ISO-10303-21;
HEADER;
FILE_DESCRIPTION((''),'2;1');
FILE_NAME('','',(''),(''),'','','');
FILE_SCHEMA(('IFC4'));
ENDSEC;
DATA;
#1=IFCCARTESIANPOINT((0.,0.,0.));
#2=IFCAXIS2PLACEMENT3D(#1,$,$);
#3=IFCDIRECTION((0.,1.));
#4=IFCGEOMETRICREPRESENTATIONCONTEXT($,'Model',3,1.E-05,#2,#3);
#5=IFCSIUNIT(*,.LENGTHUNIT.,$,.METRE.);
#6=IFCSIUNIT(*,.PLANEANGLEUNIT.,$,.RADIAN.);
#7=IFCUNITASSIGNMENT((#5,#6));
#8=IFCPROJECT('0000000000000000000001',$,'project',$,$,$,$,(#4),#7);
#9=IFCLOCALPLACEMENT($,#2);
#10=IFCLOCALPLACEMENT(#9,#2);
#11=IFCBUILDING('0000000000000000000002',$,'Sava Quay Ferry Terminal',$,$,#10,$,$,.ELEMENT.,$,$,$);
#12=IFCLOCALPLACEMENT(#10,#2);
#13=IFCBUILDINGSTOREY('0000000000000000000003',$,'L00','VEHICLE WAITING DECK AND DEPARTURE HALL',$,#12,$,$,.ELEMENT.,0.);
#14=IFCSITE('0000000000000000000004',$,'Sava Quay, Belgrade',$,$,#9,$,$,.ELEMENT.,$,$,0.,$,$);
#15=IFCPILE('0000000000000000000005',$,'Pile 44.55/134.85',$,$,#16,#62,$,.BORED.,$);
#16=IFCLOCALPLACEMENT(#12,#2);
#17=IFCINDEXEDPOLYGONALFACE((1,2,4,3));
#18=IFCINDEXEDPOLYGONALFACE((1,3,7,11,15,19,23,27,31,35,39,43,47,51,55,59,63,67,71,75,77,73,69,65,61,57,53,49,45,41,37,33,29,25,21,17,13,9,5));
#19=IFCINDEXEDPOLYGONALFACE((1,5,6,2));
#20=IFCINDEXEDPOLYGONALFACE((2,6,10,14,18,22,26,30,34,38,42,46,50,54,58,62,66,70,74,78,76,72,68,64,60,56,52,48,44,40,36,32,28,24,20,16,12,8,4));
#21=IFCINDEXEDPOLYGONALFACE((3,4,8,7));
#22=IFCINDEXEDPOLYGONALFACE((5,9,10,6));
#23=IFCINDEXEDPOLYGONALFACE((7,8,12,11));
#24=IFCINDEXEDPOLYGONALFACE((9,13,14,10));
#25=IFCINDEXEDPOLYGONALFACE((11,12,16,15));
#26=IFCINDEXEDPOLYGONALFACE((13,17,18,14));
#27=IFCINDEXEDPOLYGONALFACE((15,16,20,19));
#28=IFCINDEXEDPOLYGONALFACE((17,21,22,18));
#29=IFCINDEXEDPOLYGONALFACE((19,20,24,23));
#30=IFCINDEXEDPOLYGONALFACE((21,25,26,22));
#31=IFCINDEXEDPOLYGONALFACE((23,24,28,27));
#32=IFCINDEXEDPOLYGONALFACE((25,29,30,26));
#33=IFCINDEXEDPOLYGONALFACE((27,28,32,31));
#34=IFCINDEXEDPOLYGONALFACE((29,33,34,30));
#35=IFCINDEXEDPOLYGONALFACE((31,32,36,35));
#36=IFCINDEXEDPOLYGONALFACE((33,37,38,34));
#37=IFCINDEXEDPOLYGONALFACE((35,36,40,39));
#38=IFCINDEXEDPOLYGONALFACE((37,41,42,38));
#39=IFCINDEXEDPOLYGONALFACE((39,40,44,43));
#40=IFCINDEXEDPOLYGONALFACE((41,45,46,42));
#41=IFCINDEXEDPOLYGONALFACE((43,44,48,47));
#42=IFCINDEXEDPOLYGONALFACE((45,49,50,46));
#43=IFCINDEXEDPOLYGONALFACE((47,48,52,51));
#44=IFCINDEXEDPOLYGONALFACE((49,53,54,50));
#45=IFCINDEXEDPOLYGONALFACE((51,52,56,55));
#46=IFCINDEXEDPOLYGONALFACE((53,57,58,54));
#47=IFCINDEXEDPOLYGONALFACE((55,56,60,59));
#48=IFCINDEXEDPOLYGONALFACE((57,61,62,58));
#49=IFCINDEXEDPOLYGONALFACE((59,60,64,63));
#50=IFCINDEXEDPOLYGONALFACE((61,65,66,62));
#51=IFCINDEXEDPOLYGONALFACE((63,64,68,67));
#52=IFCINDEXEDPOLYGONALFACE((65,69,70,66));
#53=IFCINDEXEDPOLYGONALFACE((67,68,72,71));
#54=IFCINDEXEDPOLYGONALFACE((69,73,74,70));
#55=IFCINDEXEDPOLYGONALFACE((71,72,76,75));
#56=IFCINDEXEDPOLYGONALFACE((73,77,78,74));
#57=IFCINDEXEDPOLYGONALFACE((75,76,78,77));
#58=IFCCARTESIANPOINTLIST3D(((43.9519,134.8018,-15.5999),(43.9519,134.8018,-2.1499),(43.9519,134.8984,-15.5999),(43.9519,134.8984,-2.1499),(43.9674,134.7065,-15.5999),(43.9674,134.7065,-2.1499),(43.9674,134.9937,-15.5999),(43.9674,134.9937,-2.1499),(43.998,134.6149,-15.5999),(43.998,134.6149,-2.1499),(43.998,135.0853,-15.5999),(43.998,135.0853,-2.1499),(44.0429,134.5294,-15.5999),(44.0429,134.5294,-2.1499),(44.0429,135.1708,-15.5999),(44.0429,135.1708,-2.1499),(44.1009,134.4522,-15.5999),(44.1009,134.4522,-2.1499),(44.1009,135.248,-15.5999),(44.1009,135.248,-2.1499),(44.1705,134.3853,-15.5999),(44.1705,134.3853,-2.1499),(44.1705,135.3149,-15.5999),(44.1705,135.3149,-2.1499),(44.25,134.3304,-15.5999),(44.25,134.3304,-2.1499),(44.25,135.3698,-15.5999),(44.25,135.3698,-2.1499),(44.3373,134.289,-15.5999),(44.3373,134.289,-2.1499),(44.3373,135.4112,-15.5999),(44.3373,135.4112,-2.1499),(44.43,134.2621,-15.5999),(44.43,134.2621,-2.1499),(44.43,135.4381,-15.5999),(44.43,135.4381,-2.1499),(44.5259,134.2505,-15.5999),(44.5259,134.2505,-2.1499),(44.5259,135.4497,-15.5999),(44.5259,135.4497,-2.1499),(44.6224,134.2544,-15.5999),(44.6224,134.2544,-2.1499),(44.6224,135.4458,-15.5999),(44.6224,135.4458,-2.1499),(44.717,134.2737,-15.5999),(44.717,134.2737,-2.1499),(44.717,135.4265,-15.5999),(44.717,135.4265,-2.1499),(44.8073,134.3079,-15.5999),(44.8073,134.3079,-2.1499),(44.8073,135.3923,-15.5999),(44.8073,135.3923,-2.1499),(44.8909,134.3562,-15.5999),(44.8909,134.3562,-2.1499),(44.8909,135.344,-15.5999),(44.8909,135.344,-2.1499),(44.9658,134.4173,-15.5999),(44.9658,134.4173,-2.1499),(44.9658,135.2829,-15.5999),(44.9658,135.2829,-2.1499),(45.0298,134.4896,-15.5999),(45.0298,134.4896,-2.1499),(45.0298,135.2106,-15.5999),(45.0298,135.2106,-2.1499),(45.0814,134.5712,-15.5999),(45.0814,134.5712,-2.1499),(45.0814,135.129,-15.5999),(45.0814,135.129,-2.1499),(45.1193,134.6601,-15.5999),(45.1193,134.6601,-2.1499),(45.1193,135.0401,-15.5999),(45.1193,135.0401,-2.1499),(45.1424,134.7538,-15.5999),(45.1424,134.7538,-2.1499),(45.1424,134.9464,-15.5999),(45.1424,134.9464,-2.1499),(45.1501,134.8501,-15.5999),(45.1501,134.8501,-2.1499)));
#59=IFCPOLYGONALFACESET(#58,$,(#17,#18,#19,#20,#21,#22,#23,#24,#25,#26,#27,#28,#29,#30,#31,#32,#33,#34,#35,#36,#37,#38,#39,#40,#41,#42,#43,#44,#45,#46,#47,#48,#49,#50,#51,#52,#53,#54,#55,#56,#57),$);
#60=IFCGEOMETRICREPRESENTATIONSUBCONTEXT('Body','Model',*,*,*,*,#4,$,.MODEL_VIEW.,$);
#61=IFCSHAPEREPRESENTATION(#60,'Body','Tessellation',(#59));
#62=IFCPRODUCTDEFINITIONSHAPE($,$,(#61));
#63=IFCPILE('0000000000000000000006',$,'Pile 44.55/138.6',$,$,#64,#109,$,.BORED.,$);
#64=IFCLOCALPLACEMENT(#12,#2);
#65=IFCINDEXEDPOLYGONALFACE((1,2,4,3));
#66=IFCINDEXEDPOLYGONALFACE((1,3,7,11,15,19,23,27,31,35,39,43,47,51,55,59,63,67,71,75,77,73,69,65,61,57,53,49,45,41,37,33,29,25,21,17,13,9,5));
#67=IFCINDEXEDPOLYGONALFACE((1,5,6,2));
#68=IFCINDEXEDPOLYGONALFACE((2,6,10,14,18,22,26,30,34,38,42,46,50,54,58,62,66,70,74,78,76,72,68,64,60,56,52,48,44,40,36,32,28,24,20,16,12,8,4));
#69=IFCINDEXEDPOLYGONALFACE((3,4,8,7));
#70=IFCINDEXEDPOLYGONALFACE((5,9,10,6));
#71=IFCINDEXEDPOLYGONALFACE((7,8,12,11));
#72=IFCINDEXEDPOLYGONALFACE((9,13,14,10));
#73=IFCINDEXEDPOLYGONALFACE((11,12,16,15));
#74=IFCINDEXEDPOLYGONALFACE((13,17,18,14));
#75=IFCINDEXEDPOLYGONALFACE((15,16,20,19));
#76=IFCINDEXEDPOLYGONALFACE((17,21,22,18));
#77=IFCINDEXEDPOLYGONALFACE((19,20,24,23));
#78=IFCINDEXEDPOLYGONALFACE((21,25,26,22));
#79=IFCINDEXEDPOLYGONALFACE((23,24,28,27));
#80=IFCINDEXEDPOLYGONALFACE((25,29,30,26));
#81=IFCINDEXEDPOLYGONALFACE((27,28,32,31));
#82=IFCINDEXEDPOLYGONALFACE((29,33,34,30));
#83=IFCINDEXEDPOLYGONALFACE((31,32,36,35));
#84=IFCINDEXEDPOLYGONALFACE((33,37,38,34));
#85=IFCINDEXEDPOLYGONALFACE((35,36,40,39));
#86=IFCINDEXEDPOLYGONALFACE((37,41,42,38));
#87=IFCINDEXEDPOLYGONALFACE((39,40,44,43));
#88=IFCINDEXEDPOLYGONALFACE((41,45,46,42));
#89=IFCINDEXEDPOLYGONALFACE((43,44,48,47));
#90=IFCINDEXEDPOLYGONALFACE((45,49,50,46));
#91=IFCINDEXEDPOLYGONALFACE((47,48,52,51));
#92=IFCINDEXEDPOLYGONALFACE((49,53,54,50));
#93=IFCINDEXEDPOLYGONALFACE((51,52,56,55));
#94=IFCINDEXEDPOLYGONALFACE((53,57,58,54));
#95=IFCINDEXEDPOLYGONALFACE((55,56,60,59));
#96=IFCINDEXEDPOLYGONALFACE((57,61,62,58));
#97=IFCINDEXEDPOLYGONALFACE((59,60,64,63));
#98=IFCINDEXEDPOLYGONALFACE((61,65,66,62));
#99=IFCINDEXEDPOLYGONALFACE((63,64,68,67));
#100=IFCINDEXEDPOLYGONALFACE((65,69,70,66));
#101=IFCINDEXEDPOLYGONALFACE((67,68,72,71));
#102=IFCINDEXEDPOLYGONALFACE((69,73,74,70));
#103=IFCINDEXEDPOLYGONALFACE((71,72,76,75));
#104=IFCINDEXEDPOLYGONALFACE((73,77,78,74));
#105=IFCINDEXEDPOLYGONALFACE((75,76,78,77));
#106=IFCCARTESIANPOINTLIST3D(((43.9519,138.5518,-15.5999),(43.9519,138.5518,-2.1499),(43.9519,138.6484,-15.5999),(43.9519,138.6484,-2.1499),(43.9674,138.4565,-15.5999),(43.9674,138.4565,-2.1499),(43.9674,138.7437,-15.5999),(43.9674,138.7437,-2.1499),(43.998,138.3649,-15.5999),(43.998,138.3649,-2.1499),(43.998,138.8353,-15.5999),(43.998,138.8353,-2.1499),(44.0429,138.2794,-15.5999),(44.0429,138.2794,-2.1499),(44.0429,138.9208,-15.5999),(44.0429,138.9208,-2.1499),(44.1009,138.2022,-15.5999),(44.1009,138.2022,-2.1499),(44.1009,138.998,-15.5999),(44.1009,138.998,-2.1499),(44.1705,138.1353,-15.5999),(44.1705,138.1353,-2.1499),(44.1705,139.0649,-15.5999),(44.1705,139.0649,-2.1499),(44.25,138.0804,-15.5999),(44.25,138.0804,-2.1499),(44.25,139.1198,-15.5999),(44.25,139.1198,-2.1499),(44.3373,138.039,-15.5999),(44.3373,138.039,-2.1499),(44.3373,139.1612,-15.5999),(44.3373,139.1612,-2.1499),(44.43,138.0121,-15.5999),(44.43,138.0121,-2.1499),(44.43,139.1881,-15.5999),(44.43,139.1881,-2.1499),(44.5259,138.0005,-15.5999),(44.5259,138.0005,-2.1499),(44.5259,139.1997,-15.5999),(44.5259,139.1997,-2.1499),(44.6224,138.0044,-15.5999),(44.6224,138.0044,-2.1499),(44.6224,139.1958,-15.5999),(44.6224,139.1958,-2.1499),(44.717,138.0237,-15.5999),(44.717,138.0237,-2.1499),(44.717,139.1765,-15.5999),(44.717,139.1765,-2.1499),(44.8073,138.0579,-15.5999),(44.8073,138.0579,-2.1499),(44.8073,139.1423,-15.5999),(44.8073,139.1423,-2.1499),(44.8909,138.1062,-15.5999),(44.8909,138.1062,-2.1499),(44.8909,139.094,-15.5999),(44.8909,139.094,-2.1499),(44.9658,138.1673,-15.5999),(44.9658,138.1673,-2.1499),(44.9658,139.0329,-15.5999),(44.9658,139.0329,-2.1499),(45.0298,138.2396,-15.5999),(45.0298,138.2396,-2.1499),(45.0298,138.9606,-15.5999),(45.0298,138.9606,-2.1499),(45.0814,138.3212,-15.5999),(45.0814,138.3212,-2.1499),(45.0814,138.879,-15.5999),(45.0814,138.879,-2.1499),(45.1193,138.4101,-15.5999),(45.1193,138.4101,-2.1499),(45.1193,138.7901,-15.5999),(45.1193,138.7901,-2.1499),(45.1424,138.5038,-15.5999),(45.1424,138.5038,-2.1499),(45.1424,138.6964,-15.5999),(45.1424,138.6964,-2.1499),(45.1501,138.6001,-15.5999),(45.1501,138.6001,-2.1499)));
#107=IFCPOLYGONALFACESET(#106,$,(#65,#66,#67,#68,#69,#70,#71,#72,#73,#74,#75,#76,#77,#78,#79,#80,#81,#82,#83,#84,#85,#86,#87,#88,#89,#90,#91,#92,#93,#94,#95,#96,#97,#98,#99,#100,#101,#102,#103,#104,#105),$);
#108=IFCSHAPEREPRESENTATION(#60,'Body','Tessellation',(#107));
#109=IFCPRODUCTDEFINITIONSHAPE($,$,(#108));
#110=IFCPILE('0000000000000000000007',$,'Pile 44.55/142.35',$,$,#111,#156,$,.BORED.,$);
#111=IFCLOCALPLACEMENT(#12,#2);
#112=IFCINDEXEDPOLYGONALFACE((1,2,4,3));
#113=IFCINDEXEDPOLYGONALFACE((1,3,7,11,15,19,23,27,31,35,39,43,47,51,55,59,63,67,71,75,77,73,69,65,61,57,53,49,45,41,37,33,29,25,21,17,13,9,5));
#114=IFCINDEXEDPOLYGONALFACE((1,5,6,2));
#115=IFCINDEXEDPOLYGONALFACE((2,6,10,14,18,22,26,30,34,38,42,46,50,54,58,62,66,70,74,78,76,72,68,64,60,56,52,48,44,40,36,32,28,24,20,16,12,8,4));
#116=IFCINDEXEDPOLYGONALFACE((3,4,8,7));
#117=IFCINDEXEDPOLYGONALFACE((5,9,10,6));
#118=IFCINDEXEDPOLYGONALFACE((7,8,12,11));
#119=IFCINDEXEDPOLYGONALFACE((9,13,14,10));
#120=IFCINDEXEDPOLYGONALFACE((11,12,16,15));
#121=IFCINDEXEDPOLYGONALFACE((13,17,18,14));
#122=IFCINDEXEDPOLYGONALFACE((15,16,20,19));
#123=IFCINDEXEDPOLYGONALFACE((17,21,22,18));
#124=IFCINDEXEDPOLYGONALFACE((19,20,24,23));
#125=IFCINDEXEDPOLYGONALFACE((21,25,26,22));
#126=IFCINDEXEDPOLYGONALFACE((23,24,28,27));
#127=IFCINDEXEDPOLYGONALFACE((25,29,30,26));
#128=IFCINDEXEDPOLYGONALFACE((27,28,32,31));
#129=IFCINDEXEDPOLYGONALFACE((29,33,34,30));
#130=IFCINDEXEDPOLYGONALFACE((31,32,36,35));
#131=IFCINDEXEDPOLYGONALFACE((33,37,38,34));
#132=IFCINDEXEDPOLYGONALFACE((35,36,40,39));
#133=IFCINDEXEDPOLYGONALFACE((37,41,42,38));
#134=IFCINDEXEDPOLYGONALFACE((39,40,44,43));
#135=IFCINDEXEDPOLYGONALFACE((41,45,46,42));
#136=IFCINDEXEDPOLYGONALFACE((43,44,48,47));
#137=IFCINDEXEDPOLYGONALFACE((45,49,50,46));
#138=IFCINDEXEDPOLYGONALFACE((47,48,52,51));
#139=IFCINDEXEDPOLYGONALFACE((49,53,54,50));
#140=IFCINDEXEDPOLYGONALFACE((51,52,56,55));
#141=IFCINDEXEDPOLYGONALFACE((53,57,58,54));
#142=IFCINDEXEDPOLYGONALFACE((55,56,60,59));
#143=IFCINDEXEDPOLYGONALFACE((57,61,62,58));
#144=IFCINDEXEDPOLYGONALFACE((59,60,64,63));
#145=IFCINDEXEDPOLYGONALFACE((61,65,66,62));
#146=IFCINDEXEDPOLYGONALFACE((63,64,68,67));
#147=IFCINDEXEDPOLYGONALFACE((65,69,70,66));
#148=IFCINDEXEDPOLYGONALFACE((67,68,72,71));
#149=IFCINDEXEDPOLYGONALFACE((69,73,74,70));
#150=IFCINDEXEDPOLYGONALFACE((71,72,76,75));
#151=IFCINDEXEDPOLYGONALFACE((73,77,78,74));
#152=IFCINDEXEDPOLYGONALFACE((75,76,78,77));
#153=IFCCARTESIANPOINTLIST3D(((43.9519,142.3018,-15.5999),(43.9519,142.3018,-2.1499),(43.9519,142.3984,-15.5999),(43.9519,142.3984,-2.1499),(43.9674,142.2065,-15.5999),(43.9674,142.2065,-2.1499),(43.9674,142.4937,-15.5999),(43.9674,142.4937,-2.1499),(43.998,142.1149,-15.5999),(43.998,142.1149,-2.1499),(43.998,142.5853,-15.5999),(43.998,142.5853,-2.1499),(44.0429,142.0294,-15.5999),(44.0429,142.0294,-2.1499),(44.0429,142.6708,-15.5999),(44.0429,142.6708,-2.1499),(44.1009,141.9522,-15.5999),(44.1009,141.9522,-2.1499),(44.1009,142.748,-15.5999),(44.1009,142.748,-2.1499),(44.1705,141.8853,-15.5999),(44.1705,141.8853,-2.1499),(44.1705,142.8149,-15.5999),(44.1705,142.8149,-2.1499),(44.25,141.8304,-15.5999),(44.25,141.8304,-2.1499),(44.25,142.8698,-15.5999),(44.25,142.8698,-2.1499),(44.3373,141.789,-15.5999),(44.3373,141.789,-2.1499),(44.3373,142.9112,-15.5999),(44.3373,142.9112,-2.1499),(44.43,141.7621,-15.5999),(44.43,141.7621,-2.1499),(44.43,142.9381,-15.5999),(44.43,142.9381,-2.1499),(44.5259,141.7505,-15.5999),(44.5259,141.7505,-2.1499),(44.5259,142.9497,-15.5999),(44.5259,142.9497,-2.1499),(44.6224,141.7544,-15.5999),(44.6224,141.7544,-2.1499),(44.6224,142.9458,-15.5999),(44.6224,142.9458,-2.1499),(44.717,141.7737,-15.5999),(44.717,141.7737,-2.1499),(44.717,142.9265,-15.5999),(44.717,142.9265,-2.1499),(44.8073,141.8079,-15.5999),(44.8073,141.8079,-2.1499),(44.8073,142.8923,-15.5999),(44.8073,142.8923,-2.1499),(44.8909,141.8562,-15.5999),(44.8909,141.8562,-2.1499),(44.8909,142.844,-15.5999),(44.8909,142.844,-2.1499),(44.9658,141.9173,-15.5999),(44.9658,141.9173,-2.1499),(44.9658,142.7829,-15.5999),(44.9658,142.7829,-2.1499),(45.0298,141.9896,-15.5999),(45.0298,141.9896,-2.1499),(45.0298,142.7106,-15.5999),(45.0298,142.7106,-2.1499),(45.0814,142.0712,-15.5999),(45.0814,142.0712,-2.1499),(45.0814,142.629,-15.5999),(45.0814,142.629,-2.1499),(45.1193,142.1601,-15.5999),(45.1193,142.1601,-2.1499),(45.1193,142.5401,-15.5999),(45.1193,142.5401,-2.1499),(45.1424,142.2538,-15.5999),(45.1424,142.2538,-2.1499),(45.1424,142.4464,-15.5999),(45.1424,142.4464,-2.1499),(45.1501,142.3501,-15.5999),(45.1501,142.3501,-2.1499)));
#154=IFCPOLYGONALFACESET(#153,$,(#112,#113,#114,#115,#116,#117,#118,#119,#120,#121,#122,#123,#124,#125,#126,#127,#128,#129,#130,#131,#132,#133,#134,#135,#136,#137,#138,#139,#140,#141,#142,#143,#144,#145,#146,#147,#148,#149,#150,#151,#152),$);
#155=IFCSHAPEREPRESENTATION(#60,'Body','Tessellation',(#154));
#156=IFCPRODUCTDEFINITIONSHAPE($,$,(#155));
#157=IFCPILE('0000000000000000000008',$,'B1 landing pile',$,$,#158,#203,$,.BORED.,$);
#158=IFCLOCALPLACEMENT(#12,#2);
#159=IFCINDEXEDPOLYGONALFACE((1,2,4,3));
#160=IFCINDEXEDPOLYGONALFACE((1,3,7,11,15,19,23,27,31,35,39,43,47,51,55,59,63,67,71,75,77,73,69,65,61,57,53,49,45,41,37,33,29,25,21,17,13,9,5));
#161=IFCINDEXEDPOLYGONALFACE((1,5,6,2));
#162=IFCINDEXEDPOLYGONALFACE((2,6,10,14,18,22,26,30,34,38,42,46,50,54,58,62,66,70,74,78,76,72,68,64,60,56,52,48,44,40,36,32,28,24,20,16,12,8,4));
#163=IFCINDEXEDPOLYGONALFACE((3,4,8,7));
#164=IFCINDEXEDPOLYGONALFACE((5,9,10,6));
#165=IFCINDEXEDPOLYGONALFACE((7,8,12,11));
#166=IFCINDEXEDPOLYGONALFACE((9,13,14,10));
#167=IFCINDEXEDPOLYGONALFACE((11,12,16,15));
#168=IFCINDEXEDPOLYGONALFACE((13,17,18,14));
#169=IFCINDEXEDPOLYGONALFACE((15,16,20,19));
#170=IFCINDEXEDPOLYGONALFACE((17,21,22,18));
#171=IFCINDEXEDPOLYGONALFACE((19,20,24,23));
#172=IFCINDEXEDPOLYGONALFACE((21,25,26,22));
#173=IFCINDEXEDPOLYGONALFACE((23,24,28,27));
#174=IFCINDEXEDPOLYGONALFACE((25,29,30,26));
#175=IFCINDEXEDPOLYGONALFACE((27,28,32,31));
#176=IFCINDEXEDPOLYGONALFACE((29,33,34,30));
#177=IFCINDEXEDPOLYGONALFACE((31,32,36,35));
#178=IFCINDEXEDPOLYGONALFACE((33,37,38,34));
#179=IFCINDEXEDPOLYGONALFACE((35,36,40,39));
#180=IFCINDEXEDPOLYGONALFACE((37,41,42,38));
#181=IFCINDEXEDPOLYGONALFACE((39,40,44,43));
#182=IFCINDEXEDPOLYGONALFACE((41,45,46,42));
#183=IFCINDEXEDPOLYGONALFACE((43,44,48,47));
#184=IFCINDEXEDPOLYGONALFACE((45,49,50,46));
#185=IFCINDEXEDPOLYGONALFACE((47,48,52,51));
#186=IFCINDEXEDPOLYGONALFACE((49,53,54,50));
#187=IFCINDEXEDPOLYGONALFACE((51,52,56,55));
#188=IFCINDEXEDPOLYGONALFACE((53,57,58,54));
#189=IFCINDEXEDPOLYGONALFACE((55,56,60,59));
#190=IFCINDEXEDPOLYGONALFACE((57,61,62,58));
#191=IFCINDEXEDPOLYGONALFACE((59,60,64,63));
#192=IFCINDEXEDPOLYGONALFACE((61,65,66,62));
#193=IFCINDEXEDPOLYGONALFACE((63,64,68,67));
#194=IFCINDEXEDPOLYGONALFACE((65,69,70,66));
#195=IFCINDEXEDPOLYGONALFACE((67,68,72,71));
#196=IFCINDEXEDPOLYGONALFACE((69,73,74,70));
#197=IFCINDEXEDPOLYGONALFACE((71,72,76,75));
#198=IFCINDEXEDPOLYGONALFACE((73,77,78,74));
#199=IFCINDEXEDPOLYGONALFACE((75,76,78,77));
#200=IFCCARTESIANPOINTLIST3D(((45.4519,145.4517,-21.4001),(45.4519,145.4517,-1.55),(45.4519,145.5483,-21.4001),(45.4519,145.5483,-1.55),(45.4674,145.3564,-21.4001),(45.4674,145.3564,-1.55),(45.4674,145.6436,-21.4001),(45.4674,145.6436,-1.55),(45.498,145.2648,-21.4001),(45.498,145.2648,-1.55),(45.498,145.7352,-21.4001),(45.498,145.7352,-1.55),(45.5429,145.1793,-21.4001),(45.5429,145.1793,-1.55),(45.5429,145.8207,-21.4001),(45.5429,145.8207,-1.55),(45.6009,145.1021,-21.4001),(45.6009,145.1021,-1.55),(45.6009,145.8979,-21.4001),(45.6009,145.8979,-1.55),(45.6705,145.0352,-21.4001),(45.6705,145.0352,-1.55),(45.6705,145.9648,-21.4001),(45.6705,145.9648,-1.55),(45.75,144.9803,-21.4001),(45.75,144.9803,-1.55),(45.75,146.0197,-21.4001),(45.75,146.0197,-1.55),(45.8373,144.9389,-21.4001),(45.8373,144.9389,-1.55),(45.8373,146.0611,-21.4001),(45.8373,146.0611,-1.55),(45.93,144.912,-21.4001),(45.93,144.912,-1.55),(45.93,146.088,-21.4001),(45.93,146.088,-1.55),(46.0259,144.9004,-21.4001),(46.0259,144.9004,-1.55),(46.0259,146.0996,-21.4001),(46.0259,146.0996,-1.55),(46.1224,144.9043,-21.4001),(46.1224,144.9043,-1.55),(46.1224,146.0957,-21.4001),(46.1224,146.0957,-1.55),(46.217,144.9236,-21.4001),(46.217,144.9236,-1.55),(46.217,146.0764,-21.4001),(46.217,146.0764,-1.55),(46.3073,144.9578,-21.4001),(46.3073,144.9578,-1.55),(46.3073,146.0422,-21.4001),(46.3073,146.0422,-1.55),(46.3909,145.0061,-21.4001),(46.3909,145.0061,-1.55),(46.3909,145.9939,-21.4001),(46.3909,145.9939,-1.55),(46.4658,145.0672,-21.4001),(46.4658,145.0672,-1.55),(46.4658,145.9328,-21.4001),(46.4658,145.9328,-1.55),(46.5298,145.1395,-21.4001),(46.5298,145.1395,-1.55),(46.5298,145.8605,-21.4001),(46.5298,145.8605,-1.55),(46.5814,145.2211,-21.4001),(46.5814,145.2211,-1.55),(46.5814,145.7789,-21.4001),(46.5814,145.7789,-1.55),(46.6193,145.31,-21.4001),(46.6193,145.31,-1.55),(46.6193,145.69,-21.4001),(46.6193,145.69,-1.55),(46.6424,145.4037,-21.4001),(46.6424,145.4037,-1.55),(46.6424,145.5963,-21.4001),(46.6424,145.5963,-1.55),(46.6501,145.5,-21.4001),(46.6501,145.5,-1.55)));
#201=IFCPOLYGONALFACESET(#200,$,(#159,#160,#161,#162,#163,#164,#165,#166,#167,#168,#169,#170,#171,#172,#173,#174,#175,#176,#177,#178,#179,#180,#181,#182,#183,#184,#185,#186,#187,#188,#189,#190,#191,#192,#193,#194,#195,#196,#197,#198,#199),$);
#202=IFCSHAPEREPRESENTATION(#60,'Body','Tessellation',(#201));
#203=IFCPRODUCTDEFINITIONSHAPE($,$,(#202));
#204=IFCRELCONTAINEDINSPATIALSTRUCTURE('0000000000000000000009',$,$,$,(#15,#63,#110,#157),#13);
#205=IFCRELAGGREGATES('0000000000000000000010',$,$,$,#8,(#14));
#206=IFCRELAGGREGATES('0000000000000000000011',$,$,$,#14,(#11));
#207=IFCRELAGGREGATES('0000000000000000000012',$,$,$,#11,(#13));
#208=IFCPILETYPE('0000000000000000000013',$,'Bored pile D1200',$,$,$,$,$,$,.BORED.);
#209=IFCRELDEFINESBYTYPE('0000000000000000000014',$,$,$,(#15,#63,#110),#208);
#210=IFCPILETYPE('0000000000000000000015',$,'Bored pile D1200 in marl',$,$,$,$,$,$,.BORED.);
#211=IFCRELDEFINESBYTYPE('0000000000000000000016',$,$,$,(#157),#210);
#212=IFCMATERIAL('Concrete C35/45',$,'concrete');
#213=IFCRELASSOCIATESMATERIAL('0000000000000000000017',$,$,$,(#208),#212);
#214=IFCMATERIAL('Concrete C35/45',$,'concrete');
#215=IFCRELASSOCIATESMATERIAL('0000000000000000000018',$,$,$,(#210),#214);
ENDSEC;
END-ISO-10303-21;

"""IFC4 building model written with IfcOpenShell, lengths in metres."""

from ifc_helpers import new_model, si_unit, direction, frame, origin, origin_2d, place, context, subcontext, project, spatial, circle, extrude, material, material_profile, profile_set, type_object, element, save


model = new_model("IFC4")

# Units and contexts
model_context = context("Model", 3, precision=1e-05, world=origin(), true_north=direction((0.0, 1.0)))
body_context = subcontext(model_context, "Body", "Model", "MODEL_VIEW")
ifc_project = project(units=[si_unit("LENGTHUNIT", "METRE"), si_unit("PLANEANGLEUNIT", "RADIAN")], contexts=[model_context])

# Site, building, storey
site_placement = place(None, origin())
site = spatial("IfcSite", under=ifc_project, at=site_placement, Name="Sava Quay, Belgrade", CompositionType="ELEMENT", RefElevation=0.0)
building_placement = place(site_placement, origin())
building = spatial("IfcBuilding", under=site, at=building_placement, Name="Sava Quay Ferry Terminal", CompositionType="ELEMENT")
storey_placement = place(building_placement, origin())
storey = spatial("IfcBuildingStorey", under=building, at=storey_placement, Name="L00", Description="VEHICLE WAITING DECK AND DEPARTURE HALL", CompositionType="ELEMENT", Elevation=0.0)

# Piles
ifc_material_1 = material(Name="Concrete C35/45", Category="concrete")
ifc_material_profile_1 = material_profile(ifc_material_1, circle(Radius=0.6001, at=origin_2d()), Name="Bored pile D1200")
ifc_profile_set_1 = profile_set([ifc_material_profile_1], Name="Concrete C35/45")
pile_type_1 = type_object("IfcPileType", Name="Bored pile D1200", PredefinedType="BORED", material=ifc_profile_set_1)
for number, where, z_axis, x_axis, name in (
    (1, (44.55, 134.8501, -2.1499), (0.0, 0.0, -1.0), (1.0, 0.0, 0.0), "Pile 44.55/134.85"),
    (2, (44.55, 138.6001, -2.1499), (0.0, 0.0, -1.0), (1.0, 0.0, 0.0), "Pile 44.55/138.6"),
    (3, (44.55, 142.3501, -2.1499), (0.0, 0.0, -1.0), (1.0, 0.0, 0.0), "Pile 44.55/142.35"),
):
    element("IfcPile", number, at=place(storey_placement, frame(where, z_axis=z_axis, x_axis=x_axis)), inside=storey, type_object=pile_type_1, Name=name, PredefinedType="BORED", context=body_context, shape_type="SweptSolid", body=[
        extrude(circle(Radius=0.6001, at=origin_2d()), origin(), (0.0, 0.0, 1.0), 13.45),
    ])
ifc_material_2 = material(Name="Concrete C35/45", Category="concrete")
ifc_material_profile_2 = material_profile(ifc_material_2, circle(Radius=0.6001, at=origin_2d()), Name="Bored pile D1200 in marl")
ifc_profile_set_2 = profile_set([ifc_material_profile_2], Name="Concrete C35/45")
pile_type_2 = type_object("IfcPileType", Name="Bored pile D1200 in marl", PredefinedType="BORED", material=ifc_profile_set_2)
pile_placement = place(storey_placement, frame((46.05, 145.5, -1.55), z_axis=(0.0, 0.0, -1.0), x_axis=(1.0, 0.0, 0.0)))
element("IfcPile", 4, at=pile_placement, inside=storey, type_object=pile_type_2, Name="B1 landing pile", PredefinedType="BORED", context=body_context, shape_type="SweptSolid", body=[
    extrude(circle(Radius=0.6001, at=origin_2d()), origin(), (0.0, 0.0, 1.0), 19.8501),
])

save(model, "model.ifc")
